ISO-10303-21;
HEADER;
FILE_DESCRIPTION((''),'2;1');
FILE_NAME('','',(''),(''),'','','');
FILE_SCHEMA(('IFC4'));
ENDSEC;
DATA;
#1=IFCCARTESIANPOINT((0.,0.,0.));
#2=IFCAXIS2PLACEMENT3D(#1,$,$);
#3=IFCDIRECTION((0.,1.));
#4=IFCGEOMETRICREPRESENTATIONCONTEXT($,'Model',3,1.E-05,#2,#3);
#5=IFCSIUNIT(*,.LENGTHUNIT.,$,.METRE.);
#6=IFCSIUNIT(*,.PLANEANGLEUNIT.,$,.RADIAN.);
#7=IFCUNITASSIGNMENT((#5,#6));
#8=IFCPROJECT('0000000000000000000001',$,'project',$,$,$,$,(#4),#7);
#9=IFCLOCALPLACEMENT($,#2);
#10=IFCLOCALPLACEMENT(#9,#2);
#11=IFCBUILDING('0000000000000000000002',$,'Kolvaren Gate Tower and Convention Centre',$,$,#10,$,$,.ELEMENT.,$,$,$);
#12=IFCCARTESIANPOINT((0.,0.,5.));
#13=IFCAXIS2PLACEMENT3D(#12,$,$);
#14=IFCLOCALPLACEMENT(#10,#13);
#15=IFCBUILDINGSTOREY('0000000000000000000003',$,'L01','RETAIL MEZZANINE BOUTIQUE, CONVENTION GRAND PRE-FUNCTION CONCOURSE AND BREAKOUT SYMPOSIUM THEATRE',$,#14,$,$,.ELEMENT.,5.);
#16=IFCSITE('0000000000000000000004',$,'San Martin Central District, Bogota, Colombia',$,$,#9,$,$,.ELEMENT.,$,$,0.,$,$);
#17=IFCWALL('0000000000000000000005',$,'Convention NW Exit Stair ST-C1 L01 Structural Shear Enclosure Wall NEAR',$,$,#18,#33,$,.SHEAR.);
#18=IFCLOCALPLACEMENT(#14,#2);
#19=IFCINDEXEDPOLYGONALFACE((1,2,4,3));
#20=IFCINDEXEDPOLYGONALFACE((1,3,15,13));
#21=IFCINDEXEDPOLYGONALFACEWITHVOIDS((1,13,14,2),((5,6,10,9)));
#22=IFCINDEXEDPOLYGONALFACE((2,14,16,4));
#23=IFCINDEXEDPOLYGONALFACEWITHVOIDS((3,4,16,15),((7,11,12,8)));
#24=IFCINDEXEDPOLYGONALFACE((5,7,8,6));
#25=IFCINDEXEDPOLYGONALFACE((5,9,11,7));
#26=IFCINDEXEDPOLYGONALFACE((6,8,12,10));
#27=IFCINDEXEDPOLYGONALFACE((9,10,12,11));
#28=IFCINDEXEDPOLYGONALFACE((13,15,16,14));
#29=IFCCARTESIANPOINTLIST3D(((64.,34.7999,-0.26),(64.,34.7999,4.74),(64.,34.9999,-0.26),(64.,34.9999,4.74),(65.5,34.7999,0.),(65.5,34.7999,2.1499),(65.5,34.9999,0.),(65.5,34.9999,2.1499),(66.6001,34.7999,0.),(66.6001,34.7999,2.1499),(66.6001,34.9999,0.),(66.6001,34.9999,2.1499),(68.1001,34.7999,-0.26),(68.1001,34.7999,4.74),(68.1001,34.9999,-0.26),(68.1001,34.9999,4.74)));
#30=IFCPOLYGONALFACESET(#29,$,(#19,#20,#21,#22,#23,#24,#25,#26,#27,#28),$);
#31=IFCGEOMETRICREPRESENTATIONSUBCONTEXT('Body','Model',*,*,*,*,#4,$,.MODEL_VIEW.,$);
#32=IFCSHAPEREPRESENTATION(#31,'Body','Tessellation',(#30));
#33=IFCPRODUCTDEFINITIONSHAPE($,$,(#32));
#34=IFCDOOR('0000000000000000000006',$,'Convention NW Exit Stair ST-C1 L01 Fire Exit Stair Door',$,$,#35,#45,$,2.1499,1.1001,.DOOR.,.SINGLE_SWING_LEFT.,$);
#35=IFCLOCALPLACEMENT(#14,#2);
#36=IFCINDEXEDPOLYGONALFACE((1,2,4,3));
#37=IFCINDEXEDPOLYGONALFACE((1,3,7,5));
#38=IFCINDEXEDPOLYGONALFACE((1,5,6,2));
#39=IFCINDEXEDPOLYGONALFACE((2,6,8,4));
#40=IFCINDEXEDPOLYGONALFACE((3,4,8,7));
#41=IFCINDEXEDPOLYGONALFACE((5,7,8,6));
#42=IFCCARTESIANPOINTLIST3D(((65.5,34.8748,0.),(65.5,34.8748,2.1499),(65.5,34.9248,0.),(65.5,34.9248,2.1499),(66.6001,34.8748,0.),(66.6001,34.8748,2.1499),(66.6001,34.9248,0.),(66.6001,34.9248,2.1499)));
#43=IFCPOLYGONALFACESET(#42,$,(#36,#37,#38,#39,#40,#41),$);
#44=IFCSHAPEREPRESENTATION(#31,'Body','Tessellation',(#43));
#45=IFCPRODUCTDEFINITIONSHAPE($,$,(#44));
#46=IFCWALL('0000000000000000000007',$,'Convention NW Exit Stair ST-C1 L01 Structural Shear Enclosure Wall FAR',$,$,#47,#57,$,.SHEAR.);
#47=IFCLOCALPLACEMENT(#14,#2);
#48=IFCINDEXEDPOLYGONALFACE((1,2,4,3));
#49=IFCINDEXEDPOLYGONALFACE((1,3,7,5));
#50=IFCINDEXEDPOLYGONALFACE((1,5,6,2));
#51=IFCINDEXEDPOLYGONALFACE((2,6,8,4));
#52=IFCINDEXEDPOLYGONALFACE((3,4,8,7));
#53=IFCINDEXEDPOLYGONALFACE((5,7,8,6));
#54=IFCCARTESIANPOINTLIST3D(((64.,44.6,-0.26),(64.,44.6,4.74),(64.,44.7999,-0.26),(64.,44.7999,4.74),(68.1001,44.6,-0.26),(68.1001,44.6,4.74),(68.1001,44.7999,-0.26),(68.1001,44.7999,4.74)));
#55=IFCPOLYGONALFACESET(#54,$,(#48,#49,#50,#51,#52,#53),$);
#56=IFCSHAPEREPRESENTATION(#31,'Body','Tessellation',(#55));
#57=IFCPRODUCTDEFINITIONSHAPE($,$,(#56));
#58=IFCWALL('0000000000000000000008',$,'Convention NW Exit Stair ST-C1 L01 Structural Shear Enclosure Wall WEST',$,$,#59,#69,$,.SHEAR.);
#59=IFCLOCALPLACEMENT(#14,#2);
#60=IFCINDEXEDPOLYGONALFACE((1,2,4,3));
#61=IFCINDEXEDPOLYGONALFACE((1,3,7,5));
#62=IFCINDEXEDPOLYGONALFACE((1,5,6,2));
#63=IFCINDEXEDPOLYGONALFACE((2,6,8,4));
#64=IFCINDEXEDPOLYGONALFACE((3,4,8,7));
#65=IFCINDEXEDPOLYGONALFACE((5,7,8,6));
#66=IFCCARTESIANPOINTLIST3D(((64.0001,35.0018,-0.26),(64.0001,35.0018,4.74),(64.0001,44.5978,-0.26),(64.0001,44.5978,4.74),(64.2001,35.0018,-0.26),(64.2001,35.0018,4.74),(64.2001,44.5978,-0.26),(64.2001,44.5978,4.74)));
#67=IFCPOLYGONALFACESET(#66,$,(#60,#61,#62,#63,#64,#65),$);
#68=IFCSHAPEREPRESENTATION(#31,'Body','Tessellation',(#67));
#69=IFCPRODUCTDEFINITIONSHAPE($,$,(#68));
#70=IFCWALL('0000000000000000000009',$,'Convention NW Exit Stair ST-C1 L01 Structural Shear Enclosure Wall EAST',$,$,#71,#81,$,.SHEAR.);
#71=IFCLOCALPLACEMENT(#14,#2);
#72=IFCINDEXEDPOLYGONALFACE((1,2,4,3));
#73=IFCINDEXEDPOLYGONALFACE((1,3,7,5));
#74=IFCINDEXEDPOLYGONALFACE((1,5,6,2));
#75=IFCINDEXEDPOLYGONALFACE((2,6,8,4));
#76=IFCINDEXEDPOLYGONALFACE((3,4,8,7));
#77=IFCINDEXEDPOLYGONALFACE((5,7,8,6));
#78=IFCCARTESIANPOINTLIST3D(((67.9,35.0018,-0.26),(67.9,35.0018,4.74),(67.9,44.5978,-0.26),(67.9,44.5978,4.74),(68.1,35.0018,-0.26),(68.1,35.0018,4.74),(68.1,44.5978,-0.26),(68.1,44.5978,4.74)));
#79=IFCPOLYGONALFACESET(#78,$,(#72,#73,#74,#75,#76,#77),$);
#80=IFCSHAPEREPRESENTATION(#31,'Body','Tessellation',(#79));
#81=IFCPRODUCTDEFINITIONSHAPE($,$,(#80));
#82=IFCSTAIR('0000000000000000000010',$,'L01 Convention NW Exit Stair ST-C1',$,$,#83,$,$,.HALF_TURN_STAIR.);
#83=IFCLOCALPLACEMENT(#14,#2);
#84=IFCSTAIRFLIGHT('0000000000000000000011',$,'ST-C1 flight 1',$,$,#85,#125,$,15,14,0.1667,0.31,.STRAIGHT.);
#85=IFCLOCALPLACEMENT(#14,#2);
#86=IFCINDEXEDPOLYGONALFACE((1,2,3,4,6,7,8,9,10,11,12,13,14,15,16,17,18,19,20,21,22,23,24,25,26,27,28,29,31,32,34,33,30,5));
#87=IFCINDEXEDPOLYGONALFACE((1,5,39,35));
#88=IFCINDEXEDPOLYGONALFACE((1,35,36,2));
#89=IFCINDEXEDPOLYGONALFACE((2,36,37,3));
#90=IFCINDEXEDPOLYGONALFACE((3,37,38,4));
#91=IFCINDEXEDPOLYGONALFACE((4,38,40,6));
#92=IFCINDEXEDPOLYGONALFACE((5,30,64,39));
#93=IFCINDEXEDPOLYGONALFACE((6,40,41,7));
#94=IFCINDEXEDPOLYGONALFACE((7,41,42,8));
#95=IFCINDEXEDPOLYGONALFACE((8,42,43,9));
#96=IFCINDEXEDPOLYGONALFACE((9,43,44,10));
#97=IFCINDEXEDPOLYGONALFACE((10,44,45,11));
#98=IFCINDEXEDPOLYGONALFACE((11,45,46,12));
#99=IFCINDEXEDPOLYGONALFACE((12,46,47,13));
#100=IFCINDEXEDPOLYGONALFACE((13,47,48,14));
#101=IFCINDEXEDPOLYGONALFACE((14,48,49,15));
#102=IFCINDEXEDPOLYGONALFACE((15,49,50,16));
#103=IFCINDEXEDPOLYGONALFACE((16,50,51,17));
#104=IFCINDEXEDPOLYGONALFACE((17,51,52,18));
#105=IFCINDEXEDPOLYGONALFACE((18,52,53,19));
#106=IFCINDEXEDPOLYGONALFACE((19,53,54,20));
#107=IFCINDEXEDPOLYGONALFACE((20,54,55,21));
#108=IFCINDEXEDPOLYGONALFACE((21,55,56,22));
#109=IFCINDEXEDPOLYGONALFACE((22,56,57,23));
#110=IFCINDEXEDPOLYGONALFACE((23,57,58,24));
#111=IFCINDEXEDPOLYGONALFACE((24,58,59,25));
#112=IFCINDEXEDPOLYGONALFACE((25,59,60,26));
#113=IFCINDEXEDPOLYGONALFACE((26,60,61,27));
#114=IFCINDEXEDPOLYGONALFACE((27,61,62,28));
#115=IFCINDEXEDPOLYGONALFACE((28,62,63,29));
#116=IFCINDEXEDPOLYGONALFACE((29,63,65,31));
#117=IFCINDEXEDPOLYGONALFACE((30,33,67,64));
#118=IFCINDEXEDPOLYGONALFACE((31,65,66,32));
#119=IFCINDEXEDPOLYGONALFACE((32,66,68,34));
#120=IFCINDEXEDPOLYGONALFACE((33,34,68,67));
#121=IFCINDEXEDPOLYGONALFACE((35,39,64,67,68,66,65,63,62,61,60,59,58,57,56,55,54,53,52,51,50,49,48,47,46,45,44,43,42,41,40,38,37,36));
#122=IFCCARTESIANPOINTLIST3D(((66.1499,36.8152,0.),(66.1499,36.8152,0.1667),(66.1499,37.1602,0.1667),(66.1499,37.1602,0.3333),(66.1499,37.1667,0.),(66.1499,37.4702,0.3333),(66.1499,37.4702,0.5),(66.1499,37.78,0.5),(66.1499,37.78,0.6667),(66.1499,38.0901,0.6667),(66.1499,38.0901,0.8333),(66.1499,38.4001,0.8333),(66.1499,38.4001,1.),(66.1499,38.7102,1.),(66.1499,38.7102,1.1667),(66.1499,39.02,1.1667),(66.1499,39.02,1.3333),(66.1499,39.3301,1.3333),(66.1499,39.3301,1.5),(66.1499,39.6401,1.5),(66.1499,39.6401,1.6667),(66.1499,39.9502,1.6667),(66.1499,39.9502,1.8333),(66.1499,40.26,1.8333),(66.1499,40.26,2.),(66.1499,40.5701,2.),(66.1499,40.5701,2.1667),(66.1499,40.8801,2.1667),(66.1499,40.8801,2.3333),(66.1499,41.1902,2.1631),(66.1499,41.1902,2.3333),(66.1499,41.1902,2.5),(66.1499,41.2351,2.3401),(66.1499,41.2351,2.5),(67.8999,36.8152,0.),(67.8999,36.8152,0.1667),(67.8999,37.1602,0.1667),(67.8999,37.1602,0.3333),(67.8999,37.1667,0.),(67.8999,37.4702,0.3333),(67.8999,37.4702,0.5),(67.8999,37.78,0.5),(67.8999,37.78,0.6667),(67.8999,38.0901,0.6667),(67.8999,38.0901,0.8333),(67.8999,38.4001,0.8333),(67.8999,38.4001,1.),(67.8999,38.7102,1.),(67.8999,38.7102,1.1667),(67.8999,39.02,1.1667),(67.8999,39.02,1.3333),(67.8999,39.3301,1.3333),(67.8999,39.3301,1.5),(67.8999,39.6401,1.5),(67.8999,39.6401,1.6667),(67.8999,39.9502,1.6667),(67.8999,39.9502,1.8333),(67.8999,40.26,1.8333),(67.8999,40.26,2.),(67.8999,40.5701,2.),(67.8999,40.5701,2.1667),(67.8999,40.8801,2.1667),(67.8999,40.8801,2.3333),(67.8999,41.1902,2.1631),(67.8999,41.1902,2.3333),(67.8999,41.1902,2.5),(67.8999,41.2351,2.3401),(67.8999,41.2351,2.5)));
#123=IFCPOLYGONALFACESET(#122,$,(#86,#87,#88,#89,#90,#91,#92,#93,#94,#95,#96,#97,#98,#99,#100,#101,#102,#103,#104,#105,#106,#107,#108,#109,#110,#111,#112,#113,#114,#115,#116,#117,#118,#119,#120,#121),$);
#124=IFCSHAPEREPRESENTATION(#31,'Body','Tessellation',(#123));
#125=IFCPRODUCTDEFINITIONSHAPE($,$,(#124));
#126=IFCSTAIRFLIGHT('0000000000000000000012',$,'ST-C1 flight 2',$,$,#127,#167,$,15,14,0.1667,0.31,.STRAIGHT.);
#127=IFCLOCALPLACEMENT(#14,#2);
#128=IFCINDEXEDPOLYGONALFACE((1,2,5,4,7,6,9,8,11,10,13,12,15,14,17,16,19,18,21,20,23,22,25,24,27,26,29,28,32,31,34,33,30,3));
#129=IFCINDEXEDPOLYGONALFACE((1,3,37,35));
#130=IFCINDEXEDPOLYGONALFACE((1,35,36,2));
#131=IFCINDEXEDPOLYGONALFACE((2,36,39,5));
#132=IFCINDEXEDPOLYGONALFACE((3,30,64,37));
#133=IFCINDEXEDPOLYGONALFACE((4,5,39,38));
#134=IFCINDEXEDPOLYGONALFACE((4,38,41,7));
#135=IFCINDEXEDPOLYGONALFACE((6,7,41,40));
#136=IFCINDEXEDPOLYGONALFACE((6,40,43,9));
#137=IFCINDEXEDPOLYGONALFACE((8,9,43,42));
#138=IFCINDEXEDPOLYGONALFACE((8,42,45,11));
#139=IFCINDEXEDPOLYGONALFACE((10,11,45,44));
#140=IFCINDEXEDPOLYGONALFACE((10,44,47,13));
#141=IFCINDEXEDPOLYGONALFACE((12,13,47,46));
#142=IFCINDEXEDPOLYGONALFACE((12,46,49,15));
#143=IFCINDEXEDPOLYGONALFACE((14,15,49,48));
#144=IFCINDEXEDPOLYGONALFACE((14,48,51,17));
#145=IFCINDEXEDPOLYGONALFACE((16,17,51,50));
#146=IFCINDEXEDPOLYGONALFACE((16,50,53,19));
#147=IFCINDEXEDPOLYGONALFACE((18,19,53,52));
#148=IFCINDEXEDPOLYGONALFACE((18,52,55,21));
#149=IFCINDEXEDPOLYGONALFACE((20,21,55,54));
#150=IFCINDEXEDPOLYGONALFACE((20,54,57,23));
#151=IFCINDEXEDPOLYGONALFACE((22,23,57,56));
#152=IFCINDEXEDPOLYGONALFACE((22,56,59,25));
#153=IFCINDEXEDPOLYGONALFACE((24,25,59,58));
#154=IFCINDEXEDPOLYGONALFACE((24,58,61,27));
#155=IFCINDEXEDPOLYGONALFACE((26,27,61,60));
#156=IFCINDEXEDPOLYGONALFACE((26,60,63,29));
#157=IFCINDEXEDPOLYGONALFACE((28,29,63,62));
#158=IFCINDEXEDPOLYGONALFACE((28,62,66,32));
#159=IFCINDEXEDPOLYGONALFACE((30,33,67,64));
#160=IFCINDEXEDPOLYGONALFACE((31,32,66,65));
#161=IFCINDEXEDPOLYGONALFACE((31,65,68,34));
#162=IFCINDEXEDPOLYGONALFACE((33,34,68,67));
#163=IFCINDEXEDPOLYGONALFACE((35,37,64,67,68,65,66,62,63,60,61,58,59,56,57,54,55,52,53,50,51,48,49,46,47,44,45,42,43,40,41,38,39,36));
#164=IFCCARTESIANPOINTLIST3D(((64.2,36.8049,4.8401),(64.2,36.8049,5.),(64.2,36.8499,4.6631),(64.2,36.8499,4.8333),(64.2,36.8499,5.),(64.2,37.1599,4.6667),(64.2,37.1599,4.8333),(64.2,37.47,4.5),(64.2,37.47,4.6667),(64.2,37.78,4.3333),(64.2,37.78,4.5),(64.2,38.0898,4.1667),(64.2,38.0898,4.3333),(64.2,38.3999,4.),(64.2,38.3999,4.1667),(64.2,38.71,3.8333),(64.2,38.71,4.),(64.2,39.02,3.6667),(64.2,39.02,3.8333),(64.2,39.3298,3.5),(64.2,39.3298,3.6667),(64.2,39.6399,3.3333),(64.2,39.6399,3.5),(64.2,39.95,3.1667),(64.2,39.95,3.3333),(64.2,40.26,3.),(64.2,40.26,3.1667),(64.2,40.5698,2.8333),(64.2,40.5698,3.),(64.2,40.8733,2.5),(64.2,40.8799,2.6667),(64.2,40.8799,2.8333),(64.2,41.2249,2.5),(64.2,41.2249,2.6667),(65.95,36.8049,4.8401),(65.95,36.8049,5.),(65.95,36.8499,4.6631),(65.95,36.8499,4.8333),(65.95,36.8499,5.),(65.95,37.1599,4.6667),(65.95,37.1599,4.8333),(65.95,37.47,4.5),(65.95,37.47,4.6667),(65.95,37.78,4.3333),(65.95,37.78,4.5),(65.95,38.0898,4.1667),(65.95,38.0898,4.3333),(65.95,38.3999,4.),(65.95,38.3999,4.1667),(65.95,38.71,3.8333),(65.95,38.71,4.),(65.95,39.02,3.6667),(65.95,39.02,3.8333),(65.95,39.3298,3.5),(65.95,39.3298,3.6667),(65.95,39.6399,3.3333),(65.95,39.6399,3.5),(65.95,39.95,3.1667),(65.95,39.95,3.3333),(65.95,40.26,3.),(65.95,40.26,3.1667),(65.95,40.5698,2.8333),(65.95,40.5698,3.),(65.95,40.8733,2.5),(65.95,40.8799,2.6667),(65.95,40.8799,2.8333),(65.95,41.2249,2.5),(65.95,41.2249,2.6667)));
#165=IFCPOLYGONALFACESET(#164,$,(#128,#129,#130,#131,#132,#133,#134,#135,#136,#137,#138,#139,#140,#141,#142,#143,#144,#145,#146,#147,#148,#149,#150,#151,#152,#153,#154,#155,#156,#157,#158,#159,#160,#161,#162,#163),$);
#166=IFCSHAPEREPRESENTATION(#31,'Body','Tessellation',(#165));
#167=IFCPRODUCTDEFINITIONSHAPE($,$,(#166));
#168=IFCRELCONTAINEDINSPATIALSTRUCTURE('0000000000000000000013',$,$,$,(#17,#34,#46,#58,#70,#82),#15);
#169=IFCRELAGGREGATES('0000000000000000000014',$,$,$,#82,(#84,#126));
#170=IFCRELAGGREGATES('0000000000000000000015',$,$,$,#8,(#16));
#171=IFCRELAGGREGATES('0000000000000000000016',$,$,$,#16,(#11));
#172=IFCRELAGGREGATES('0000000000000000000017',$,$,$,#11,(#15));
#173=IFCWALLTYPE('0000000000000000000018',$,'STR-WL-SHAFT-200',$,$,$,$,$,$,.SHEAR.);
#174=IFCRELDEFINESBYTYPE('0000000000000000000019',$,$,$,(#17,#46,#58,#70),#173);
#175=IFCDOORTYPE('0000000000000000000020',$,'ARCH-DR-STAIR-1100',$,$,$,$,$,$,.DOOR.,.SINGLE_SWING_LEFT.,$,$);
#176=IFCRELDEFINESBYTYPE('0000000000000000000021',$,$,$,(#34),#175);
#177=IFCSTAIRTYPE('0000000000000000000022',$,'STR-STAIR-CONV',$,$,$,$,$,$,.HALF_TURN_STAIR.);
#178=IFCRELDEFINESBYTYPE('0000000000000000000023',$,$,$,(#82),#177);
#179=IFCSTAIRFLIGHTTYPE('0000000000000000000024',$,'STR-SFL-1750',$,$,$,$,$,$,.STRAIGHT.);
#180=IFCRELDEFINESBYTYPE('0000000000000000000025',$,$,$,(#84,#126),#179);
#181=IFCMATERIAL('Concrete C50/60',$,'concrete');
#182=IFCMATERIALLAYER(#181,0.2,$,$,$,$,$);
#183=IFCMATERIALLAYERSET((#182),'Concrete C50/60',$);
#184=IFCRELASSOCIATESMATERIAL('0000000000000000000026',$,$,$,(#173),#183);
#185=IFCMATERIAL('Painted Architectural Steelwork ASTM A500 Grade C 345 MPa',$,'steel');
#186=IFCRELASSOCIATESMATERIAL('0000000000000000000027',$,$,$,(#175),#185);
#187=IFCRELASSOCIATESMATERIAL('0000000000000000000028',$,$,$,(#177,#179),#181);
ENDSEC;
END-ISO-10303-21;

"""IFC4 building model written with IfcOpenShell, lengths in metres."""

from ifc_helpers import new_model, si_unit, direction, frame, frame_2d, origin, place, context, subcontext, project, spatial, polyline, rectangle, outline, extrude, material, layer, layer_set, type_object, element, fill, aggregate, save


model = new_model("IFC4")

# Units and contexts
model_context = context("Model", 3, precision=1e-05, world=origin(), true_north=direction((0.0, 1.0)))
body_context = subcontext(model_context, "Body", "Model", "MODEL_VIEW")
ifc_project = project(units=[si_unit("LENGTHUNIT", "METRE"), si_unit("PLANEANGLEUNIT", "RADIAN")], contexts=[model_context])

# Site, building, storey
site_placement = place(None, origin())
site = spatial("IfcSite", under=ifc_project, at=site_placement, Name="San Martin Central District, Bogota, Colombia", CompositionType="ELEMENT", RefElevation=0.0)
building_placement = place(site_placement, origin())
building = spatial("IfcBuilding", under=site, at=building_placement, Name="Kolvaren Gate Tower and Convention Centre", CompositionType="ELEMENT")
storey_placement = place(building_placement, frame((0.0, 0.0, 5.0)))
storey = spatial("IfcBuildingStorey", under=building, at=storey_placement, Name="L01", Description="RETAIL MEZZANINE BOUTIQUE, CONVENTION GRAND PRE-FUNCTION CONCOURSE AND BREAKOUT SYMPOSIUM THEATRE", CompositionType="ELEMENT", Elevation=5.0)

# Shared definitions
ifc_material_1 = material(Name="Concrete C50/60", Category="concrete")

# Wall, opening, door
ifc_layer_1 = layer(ifc_material_1, 0.2)
ifc_layer_set_1 = layer_set([ifc_layer_1], Name="Concrete C50/60")
wall_type_1 = type_object("IfcWallType", Name="STR-WL-SHAFT-200", PredefinedType="SHEAR", material=ifc_layer_set_1)
wall_1_placement = place(storey_placement, frame((64.0, 34.8999, -0.26), z_axis=(0.0, 0.0, 1.0), x_axis=(1.0, 0.0, 0.0)))
wall_1 = element("IfcWall", 1, at=wall_1_placement, inside=storey, type_object=wall_type_1, Name="Convention NW Exit Stair ST-C1 L01 Structural Shear Enclosure Wall NEAR", PredefinedType="SHEAR", context=body_context, shape_type="SweptSolid", body=[
    extrude(rectangle(XDim=4.1001, YDim=0.2, at=frame_2d((2.05, 0.0))), origin(), (0.0, 0.0, 1.0), 5.0),
])
opening_1_placement = place(wall_1_placement, frame((1.5, 0.0, 0.26)))
opening_1 = element("IfcOpeningElement", 2, at=opening_1_placement, cuts=wall_1, PredefinedType="OPENING", context=body_context, shape_type="SweptSolid", body=[
    extrude(rectangle(XDim=1.1001, YDim=2.1499, at=frame_2d((0.55, 1.075))), frame((0.0, 0.1099, 0.0), z_axis=(0.0, -1.0, 0.0), x_axis=(1.0, 0.0, 0.0)), (0.0, 0.0, 1.0), 0.22),
])
ifc_material_2 = material(Name="Painted Architectural Steelwork ASTM A500 Grade C 345 MPa", Category="steel")
door_type_1 = type_object("IfcDoorType", Name="ARCH-DR-STAIR-1100", OperationType="SINGLE_SWING_LEFT", PredefinedType="DOOR", material=ifc_material_2)
door_1_placement = place(opening_1_placement, origin())
door_1 = element("IfcDoor", 3, at=door_1_placement, inside=storey, type_object=door_type_1, Name="Convention NW Exit Stair ST-C1 L01 Fire Exit Stair Door", OperationType="SINGLE_SWING_LEFT", OverallHeight=2.1499, OverallWidth=1.1001, PredefinedType="DOOR", context=body_context, shape_type="SweptSolid", body=[
    extrude(rectangle(XDim=1.1001, YDim=2.1499, at=frame_2d((0.55, 1.075))), frame((0.0, 0.0249, 0.0), z_axis=(0.0, -1.0, 0.0), x_axis=(1.0, 0.0, 0.0)), (0.0, 0.0, 1.0), 0.05),
])
fill(opening_1, door_1)

# Walls
wall_2_placement = place(storey_placement, frame((64.0, 44.7, -0.26), z_axis=(0.0, 0.0, 1.0), x_axis=(1.0, 0.0, 0.0)))
element("IfcWall", 4, at=wall_2_placement, inside=storey, type_object=wall_type_1, Name="Convention NW Exit Stair ST-C1 L01 Structural Shear Enclosure Wall FAR", PredefinedType="SHEAR", context=body_context, shape_type="SweptSolid", body=[
    extrude(rectangle(XDim=4.1001, YDim=0.2, at=frame_2d((2.05, 0.0))), origin(), (0.0, 0.0, 1.0), 5.0),
])
for number, where, z_axis, x_axis, name in (
    (5, (64.1001, 35.002, -0.26), (0.0, 0.0, 1.0), (0.0, 1.0, 0.0), "Convention NW Exit Stair ST-C1 L01 Structural Shear Enclosure Wall WEST"),
    (6, (68.0, 35.002, -0.26), (0.0, 0.0, 1.0), (0.0, 1.0, 0.0), "Convention NW Exit Stair ST-C1 L01 Structural Shear Enclosure Wall EAST"),
):
    element("IfcWall", number, at=place(storey_placement, frame(where, z_axis=z_axis, x_axis=x_axis)), inside=storey, type_object=wall_type_1, Name=name, PredefinedType="SHEAR", context=body_context, shape_type="SweptSolid", body=[
        extrude(rectangle(XDim=9.5959, YDim=0.2, at=frame_2d((4.7979, 0.0))), origin(), (0.0, 0.0, 1.0), 5.0),
    ])

# Stair, stair flights
stair_type = type_object("IfcStairType", Name="STR-STAIR-CONV", PredefinedType="HALF_TURN_STAIR", material=ifc_material_1)
stair_placement = place(storey_placement, origin())
stair = element("IfcStair", 7, at=stair_placement, inside=storey, type_object=stair_type, Name="L01 Convention NW Exit Stair ST-C1", PredefinedType="HALF_TURN_STAIR")
stair_flight_type = type_object("IfcStairFlightType", Name="STR-SFL-1750", PredefinedType="STRAIGHT", material=ifc_material_1)
stair_flight_1_placement = place(storey_placement, frame((67.0249, 36.8501, 0.0), z_axis=(0.0, 0.0, 1.0), x_axis=(0.0, 1.0, 0.0)))
stair_flight_1 = element("IfcStairFlight", 8, at=stair_flight_1_placement, type_object=stair_flight_type, Name="ST-C1 flight 1", NumberOfRisers=15, NumberOfTreads=14, PredefinedType="STRAIGHT", RiserHeight=0.1667, TreadLength=0.31, context=body_context, shape_type="SweptSolid", body=[
    extrude(outline(polyline([(-0.0349, 0.0), (-0.0349, 0.1667), (0.3101, 0.1667), (0.3101, 0.3333), (0.6201, 0.3333), (0.6201, 0.5), (0.9299, 0.5), (0.9299, 0.6667), (1.24, 0.6667), (1.24, 0.8333), (1.55, 0.8333), (1.55, 1.0), (1.8601, 1.0), (1.8601, 1.1667), (2.1699, 1.1667), (2.1699, 1.3333), (2.48, 1.3333), (2.48, 1.5), (2.79, 1.5), (2.79, 1.6667), (3.1001, 1.6667), (3.1001, 1.8333), (3.4099, 1.8333), (3.4099, 2.0), (3.72, 2.0), (3.72, 2.1667), (4.03, 2.1667), (4.03, 2.3333), (4.3401, 2.3333), (4.3401, 2.5), (4.385, 2.5), (4.385, 2.3401), (4.3401, 2.1631), (0.3167, 0.0), (-0.0349, 0.0)])), frame((0.0, 0.875, 0.0), z_axis=(0.0, -1.0, 0.0), x_axis=(1.0, 0.0, 0.0)), (0.0, 0.0, 1.0), 1.75),
])
stair_flight_2_placement = place(storey_placement, frame((65.075, 41.1899, 2.5), z_axis=(0.0, 0.0, 1.0), x_axis=(0.0, -1.0, 0.0)))
stair_flight_2 = element("IfcStairFlight", 9, at=stair_flight_2_placement, type_object=stair_flight_type, Name="ST-C1 flight 2", NumberOfRisers=15, NumberOfTreads=14, PredefinedType="STRAIGHT", RiserHeight=0.1667, TreadLength=0.31, context=body_context, shape_type="SweptSolid", body=[
    extrude(outline(polyline([(-0.0349, 0.0), (-0.0349, 0.1667), (0.3101, 0.1667), (0.3101, 0.3333), (0.6201, 0.3333), (0.6201, 0.5), (0.9299, 0.5), (0.9299, 0.6667), (1.24, 0.6667), (1.24, 0.8333), (1.55, 0.8333), (1.55, 1.0), (1.8601, 1.0), (1.8601, 1.1667), (2.1699, 1.1667), (2.1699, 1.3333), (2.48, 1.3333), (2.48, 1.5), (2.79, 1.5), (2.79, 1.6667), (3.1001, 1.6667), (3.1001, 1.8333), (3.4099, 1.8333), (3.4099, 2.0), (3.72, 2.0), (3.72, 2.1667), (4.03, 2.1667), (4.03, 2.3333), (4.3401, 2.3333), (4.3401, 2.5), (4.385, 2.5), (4.385, 2.3401), (4.3401, 2.1631), (0.3167, 0.0), (-0.0349, 0.0)])), frame((0.0, 0.875, 0.0), z_axis=(0.0, -1.0, 0.0), x_axis=(1.0, 0.0, 0.0)), (0.0, 0.0, 1.0), 1.75),
])
aggregate(stair, [stair_flight_1, stair_flight_2])

save(model, "model.ifc")
